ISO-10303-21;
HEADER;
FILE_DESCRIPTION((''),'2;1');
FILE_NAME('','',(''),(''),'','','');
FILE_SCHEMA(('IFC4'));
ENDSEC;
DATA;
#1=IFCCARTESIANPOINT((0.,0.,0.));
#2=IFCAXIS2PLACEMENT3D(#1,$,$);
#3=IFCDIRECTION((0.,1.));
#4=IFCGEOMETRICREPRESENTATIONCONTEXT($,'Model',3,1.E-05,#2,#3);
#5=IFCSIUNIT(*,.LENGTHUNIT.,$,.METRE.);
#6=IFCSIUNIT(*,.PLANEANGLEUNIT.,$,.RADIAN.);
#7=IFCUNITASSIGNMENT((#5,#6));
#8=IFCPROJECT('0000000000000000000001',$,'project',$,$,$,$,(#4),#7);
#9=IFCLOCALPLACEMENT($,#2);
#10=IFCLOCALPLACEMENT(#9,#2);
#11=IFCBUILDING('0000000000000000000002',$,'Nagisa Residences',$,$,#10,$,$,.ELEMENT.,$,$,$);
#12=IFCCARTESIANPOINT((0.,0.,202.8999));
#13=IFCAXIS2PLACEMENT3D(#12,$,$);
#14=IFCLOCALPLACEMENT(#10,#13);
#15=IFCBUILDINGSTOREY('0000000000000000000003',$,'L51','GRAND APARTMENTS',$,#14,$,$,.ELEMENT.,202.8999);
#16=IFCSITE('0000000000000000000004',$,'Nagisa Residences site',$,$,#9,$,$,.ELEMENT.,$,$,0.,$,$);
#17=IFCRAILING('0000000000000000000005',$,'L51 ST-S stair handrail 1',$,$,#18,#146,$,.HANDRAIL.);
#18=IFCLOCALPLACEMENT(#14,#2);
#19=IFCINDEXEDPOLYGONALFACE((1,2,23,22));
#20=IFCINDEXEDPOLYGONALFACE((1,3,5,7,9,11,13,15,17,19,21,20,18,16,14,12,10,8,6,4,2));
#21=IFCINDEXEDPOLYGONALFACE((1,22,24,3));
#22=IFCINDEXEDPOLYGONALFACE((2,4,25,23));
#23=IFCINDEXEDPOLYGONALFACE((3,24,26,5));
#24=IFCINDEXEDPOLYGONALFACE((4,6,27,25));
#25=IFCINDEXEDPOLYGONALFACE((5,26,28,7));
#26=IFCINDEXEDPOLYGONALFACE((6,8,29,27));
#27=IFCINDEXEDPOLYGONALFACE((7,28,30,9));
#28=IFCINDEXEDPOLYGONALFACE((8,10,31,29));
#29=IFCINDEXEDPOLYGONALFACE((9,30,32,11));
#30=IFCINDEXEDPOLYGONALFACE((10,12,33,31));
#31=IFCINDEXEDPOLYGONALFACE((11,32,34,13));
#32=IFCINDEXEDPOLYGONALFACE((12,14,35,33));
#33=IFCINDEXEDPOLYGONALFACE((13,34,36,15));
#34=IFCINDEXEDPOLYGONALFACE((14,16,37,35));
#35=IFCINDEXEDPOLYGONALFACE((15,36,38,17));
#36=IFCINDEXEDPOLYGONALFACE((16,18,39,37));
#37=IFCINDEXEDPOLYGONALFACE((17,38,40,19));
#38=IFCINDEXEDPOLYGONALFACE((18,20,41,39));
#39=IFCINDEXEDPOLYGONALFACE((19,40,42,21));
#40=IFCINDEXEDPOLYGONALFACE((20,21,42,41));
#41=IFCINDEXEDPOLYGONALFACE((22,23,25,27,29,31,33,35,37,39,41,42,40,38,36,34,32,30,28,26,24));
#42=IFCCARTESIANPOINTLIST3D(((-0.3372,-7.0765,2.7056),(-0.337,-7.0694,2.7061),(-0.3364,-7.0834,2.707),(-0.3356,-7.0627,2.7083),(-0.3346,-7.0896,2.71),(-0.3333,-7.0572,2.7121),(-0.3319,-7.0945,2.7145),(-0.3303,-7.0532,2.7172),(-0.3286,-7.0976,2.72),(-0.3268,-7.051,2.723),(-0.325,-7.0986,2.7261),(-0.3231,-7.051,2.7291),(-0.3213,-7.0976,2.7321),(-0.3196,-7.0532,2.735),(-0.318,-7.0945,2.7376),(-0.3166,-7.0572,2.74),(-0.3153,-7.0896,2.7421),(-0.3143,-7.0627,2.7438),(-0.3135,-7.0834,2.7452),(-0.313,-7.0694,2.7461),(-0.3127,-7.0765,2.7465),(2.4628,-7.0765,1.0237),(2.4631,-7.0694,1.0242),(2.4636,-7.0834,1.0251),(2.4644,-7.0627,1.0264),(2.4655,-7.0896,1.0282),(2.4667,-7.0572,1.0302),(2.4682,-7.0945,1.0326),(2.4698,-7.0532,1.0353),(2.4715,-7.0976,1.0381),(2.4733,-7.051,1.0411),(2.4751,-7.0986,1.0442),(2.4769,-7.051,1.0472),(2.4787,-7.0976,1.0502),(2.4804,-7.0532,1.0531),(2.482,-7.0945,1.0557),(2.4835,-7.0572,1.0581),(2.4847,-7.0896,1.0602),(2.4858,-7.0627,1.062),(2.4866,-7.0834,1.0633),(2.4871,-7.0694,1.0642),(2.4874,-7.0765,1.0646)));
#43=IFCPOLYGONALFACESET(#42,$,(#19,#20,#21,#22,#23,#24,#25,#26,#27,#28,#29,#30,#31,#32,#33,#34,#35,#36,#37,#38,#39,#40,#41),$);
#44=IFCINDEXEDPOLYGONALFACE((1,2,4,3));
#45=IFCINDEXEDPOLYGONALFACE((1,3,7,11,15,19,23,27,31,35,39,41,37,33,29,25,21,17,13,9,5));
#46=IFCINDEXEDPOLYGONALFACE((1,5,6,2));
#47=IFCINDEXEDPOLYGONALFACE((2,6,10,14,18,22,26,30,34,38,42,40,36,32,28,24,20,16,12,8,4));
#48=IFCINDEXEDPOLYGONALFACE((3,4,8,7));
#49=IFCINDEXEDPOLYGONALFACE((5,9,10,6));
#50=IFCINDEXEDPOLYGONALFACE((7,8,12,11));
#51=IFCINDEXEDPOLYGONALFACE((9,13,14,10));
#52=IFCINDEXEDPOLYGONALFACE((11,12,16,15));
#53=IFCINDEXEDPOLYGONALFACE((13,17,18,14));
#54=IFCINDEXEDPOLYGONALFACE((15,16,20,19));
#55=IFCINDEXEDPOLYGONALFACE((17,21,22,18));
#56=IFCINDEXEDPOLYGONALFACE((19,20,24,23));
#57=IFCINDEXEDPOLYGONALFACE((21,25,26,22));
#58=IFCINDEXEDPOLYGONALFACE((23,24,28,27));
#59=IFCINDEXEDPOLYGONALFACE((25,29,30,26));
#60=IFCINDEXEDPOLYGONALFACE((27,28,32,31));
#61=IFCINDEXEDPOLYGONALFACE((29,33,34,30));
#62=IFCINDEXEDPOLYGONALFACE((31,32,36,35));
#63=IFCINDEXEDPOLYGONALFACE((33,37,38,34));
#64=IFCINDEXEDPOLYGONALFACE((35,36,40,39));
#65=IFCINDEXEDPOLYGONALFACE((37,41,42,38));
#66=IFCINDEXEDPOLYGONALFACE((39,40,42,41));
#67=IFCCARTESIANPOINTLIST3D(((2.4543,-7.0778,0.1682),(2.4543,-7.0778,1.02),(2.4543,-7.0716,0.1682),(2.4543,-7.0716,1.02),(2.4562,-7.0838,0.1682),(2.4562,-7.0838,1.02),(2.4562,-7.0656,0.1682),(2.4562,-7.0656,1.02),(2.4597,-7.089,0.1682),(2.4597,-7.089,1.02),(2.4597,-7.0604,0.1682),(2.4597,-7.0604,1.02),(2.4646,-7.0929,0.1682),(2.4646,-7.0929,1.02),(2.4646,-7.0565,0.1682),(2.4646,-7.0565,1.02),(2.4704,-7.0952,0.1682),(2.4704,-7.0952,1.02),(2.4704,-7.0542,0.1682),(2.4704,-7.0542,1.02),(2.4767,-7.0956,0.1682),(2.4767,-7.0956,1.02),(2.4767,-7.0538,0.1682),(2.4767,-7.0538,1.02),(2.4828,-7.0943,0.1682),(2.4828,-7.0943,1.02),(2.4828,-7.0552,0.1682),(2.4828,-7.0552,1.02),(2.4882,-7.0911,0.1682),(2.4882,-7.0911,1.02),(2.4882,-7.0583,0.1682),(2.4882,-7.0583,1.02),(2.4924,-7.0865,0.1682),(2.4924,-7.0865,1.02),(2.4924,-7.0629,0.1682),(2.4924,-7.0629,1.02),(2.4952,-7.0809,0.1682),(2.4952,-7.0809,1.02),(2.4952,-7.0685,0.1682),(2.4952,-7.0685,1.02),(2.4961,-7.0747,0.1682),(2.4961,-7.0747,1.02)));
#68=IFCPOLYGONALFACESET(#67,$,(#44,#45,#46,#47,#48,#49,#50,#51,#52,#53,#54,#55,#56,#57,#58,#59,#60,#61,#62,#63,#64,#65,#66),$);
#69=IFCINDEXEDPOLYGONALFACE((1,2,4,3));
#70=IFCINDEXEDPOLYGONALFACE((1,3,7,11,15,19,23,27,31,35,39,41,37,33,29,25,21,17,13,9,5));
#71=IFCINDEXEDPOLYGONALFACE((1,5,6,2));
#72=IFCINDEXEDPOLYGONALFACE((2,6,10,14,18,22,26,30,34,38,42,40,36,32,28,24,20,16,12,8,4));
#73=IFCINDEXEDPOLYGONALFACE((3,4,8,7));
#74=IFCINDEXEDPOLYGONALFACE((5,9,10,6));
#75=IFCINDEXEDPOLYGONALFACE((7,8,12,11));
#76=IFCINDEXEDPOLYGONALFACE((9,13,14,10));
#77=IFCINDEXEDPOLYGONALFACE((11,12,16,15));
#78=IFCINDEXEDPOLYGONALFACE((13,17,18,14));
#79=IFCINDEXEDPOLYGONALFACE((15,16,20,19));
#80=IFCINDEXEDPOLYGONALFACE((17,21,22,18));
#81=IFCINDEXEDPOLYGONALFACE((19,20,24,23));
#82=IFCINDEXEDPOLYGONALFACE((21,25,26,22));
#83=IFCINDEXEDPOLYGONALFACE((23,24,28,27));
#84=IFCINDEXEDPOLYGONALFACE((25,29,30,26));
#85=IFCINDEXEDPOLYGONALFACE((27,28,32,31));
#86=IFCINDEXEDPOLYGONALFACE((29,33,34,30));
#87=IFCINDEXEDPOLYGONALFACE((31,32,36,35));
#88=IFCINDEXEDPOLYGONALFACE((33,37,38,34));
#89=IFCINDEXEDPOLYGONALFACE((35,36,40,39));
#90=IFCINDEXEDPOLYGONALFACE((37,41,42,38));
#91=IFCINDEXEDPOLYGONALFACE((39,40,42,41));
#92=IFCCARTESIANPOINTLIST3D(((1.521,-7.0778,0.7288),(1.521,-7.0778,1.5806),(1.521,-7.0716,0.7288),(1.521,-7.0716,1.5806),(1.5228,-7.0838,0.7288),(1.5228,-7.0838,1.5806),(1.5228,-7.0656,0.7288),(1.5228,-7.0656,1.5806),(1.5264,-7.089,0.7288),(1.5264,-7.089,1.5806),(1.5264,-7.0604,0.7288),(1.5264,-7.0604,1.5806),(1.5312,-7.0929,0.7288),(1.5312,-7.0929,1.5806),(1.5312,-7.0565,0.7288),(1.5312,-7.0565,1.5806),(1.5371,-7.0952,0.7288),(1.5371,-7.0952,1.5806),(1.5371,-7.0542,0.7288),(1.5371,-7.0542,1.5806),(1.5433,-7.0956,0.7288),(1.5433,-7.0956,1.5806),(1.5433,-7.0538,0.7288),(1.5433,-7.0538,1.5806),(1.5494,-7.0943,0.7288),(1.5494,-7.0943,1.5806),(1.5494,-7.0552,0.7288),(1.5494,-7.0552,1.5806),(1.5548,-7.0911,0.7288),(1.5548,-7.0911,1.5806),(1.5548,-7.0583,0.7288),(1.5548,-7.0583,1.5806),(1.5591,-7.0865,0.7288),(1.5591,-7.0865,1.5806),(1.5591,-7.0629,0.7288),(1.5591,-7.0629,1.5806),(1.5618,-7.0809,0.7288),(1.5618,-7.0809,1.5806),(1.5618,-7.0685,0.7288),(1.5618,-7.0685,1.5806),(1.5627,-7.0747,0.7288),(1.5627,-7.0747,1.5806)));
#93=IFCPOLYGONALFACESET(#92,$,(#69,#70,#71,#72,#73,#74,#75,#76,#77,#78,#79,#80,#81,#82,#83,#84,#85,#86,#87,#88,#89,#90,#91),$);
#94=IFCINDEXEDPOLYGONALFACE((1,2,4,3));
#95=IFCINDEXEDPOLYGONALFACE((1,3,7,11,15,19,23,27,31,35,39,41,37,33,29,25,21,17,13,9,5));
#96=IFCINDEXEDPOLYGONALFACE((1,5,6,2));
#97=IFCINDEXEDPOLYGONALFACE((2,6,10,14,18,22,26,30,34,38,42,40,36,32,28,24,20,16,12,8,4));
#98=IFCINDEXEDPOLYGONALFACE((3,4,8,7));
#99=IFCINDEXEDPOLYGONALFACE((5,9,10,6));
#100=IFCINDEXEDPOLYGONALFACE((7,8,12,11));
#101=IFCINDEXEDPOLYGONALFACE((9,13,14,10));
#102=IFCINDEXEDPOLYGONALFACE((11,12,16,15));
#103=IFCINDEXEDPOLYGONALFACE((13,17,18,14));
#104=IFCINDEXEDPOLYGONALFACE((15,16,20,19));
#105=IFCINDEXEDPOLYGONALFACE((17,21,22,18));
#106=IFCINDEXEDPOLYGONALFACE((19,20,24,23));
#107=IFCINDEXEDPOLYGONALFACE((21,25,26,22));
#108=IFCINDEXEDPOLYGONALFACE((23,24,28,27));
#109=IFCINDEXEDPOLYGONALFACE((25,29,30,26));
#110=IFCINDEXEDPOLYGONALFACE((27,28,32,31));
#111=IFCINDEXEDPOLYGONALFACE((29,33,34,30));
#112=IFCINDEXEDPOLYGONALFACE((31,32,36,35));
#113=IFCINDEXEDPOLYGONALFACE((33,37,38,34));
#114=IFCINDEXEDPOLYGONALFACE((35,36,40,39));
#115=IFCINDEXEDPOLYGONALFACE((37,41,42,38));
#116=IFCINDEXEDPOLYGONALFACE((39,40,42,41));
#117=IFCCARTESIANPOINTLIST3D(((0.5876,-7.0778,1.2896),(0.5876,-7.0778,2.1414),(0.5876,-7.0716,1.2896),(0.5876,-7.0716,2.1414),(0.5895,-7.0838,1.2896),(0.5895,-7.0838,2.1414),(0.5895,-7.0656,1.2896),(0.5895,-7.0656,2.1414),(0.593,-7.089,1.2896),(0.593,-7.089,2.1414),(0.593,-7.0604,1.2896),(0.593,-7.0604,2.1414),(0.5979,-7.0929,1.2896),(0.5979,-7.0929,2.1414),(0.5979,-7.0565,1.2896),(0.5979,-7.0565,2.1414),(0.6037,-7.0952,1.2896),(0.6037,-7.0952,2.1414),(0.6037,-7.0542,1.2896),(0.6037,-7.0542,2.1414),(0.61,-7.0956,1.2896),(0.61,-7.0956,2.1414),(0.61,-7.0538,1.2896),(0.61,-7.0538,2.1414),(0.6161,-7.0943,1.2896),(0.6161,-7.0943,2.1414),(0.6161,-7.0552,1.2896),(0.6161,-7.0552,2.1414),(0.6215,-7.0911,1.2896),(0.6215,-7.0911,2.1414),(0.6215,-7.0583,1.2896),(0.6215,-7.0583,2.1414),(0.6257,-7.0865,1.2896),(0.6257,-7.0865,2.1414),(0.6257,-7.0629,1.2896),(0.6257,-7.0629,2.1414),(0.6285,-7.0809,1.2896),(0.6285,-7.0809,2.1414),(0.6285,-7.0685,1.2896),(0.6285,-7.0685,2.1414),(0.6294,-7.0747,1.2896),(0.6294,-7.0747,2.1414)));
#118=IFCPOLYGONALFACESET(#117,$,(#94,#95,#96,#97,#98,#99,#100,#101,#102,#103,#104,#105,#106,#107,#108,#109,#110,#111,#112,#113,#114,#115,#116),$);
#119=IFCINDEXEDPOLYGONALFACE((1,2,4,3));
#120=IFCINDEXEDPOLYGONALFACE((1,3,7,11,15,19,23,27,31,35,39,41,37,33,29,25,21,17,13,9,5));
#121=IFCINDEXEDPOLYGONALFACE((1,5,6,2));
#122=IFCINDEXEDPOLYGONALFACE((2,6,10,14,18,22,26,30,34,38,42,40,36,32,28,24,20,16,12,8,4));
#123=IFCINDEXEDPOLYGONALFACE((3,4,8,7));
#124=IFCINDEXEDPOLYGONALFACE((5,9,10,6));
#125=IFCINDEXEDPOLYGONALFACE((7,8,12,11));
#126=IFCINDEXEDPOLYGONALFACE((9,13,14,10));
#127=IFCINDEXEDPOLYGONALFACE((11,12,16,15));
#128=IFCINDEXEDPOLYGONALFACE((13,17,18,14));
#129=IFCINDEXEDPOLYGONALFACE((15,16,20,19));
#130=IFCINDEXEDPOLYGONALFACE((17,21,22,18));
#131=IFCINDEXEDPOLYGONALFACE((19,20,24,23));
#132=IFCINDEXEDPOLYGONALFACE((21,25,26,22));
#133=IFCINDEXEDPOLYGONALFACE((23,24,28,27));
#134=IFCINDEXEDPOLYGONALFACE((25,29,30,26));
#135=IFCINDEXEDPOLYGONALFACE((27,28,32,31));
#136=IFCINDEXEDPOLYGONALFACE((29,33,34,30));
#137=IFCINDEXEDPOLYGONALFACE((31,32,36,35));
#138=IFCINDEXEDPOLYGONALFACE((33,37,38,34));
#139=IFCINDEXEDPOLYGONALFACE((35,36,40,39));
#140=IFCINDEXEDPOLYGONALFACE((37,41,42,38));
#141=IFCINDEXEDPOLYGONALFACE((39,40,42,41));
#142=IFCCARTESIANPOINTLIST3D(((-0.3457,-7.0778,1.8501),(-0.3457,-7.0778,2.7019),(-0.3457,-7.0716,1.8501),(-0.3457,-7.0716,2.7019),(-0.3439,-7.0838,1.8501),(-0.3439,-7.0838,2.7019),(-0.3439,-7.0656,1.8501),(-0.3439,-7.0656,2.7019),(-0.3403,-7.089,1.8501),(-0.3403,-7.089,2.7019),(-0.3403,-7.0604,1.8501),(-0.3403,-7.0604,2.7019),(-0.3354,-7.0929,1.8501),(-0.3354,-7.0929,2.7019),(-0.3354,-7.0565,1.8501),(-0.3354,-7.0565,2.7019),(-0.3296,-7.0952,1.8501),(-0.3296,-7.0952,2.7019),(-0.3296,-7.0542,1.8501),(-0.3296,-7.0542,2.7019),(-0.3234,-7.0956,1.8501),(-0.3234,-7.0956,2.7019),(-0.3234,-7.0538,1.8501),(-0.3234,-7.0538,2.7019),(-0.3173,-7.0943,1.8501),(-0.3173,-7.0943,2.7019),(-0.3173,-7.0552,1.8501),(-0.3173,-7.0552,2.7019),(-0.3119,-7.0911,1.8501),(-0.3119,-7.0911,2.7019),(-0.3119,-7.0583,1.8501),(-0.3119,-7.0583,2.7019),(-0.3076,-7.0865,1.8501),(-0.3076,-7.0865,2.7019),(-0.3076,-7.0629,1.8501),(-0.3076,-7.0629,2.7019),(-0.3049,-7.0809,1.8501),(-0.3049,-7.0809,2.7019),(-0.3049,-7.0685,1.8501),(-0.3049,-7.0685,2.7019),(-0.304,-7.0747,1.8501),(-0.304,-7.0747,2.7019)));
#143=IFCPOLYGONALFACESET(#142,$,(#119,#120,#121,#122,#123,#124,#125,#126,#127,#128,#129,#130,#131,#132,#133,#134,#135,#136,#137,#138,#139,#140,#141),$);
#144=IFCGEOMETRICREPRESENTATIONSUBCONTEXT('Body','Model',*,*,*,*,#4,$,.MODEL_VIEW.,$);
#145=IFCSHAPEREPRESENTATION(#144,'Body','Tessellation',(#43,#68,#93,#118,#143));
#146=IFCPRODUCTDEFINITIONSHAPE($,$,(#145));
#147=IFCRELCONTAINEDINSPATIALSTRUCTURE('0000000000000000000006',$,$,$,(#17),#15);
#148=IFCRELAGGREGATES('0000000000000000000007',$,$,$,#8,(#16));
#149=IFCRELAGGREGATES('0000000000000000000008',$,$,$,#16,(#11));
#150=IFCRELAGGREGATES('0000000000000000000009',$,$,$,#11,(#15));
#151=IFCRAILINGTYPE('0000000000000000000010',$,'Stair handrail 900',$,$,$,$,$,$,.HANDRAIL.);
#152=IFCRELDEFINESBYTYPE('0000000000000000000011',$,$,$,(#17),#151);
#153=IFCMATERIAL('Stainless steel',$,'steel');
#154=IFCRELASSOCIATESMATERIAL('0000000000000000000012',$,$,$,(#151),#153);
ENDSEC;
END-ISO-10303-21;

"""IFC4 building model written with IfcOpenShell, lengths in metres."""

from ifc_helpers import new_model, si_unit, direction, frame, origin, origin_2d, place, context, subcontext, project, spatial, circle, extrude, material, type_object, element, save


model = new_model("IFC4")

# Units and contexts
model_context = context("Model", 3, precision=1e-05, world=origin(), true_north=direction((0.0, 1.0)))
body_context = subcontext(model_context, "Body", "Model", "MODEL_VIEW")
ifc_project = project(units=[si_unit("LENGTHUNIT", "METRE"), si_unit("PLANEANGLEUNIT", "RADIAN")], contexts=[model_context])

# Site, building, storey
site_placement = place(None, origin())
site = spatial("IfcSite", under=ifc_project, at=site_placement, Name="Nagisa Residences site", CompositionType="ELEMENT", RefElevation=0.0)
building_placement = place(site_placement, origin())
building = spatial("IfcBuilding", under=site, at=building_placement, Name="Nagisa Residences", CompositionType="ELEMENT")
storey_placement = place(building_placement, frame((0.0, 0.0, 202.8999)))
storey = spatial("IfcBuildingStorey", under=building, at=storey_placement, Name="L51", Description="GRAND APARTMENTS", CompositionType="ELEMENT", Elevation=202.8999)

# Railing
ifc_material_1 = material(Name="Stainless steel", Category="steel")
railing_type_1 = type_object("IfcRailingType", Name="Stair handrail 900", PredefinedType="HANDRAIL", material=ifc_material_1)
railing_1_placement = place(storey_placement, frame((2.4751, -7.0747, 0.1682)))
element("IfcRailing", 1, at=railing_1_placement, inside=storey, type_object=railing_type_1, Name="L51 ST-S stair handrail 1", PredefinedType="HANDRAIL", context=body_context, shape_type="SweptSolid", body=[
    extrude(circle(Radius=0.0239, at=origin_2d()), frame((0.0, 0.0, 0.876), z_axis=(-0.857242, 0.0, 0.514913), x_axis=(0.0, -1.0, 0.0)), (0.0, 0.0, 1.0), 3.2664),
    extrude(circle(Radius=0.021, at=origin_2d()), origin(), (0.0, 0.0, 1.0), 0.8518),
    extrude(circle(Radius=0.021, at=origin_2d()), frame((-0.9333, 0.0, 0.5605)), (0.0, 0.0, 1.0), 0.8518),
    extrude(circle(Radius=0.021, at=origin_2d()), frame((-1.8667, 0.0, 1.1213)), (0.0, 0.0, 1.0), 0.8518),
    extrude(circle(Radius=0.021, at=origin_2d()), frame((-2.8, 0.0, 1.6819)), (0.0, 0.0, 1.0), 0.8518),
])

save(model, "model.ifc")
